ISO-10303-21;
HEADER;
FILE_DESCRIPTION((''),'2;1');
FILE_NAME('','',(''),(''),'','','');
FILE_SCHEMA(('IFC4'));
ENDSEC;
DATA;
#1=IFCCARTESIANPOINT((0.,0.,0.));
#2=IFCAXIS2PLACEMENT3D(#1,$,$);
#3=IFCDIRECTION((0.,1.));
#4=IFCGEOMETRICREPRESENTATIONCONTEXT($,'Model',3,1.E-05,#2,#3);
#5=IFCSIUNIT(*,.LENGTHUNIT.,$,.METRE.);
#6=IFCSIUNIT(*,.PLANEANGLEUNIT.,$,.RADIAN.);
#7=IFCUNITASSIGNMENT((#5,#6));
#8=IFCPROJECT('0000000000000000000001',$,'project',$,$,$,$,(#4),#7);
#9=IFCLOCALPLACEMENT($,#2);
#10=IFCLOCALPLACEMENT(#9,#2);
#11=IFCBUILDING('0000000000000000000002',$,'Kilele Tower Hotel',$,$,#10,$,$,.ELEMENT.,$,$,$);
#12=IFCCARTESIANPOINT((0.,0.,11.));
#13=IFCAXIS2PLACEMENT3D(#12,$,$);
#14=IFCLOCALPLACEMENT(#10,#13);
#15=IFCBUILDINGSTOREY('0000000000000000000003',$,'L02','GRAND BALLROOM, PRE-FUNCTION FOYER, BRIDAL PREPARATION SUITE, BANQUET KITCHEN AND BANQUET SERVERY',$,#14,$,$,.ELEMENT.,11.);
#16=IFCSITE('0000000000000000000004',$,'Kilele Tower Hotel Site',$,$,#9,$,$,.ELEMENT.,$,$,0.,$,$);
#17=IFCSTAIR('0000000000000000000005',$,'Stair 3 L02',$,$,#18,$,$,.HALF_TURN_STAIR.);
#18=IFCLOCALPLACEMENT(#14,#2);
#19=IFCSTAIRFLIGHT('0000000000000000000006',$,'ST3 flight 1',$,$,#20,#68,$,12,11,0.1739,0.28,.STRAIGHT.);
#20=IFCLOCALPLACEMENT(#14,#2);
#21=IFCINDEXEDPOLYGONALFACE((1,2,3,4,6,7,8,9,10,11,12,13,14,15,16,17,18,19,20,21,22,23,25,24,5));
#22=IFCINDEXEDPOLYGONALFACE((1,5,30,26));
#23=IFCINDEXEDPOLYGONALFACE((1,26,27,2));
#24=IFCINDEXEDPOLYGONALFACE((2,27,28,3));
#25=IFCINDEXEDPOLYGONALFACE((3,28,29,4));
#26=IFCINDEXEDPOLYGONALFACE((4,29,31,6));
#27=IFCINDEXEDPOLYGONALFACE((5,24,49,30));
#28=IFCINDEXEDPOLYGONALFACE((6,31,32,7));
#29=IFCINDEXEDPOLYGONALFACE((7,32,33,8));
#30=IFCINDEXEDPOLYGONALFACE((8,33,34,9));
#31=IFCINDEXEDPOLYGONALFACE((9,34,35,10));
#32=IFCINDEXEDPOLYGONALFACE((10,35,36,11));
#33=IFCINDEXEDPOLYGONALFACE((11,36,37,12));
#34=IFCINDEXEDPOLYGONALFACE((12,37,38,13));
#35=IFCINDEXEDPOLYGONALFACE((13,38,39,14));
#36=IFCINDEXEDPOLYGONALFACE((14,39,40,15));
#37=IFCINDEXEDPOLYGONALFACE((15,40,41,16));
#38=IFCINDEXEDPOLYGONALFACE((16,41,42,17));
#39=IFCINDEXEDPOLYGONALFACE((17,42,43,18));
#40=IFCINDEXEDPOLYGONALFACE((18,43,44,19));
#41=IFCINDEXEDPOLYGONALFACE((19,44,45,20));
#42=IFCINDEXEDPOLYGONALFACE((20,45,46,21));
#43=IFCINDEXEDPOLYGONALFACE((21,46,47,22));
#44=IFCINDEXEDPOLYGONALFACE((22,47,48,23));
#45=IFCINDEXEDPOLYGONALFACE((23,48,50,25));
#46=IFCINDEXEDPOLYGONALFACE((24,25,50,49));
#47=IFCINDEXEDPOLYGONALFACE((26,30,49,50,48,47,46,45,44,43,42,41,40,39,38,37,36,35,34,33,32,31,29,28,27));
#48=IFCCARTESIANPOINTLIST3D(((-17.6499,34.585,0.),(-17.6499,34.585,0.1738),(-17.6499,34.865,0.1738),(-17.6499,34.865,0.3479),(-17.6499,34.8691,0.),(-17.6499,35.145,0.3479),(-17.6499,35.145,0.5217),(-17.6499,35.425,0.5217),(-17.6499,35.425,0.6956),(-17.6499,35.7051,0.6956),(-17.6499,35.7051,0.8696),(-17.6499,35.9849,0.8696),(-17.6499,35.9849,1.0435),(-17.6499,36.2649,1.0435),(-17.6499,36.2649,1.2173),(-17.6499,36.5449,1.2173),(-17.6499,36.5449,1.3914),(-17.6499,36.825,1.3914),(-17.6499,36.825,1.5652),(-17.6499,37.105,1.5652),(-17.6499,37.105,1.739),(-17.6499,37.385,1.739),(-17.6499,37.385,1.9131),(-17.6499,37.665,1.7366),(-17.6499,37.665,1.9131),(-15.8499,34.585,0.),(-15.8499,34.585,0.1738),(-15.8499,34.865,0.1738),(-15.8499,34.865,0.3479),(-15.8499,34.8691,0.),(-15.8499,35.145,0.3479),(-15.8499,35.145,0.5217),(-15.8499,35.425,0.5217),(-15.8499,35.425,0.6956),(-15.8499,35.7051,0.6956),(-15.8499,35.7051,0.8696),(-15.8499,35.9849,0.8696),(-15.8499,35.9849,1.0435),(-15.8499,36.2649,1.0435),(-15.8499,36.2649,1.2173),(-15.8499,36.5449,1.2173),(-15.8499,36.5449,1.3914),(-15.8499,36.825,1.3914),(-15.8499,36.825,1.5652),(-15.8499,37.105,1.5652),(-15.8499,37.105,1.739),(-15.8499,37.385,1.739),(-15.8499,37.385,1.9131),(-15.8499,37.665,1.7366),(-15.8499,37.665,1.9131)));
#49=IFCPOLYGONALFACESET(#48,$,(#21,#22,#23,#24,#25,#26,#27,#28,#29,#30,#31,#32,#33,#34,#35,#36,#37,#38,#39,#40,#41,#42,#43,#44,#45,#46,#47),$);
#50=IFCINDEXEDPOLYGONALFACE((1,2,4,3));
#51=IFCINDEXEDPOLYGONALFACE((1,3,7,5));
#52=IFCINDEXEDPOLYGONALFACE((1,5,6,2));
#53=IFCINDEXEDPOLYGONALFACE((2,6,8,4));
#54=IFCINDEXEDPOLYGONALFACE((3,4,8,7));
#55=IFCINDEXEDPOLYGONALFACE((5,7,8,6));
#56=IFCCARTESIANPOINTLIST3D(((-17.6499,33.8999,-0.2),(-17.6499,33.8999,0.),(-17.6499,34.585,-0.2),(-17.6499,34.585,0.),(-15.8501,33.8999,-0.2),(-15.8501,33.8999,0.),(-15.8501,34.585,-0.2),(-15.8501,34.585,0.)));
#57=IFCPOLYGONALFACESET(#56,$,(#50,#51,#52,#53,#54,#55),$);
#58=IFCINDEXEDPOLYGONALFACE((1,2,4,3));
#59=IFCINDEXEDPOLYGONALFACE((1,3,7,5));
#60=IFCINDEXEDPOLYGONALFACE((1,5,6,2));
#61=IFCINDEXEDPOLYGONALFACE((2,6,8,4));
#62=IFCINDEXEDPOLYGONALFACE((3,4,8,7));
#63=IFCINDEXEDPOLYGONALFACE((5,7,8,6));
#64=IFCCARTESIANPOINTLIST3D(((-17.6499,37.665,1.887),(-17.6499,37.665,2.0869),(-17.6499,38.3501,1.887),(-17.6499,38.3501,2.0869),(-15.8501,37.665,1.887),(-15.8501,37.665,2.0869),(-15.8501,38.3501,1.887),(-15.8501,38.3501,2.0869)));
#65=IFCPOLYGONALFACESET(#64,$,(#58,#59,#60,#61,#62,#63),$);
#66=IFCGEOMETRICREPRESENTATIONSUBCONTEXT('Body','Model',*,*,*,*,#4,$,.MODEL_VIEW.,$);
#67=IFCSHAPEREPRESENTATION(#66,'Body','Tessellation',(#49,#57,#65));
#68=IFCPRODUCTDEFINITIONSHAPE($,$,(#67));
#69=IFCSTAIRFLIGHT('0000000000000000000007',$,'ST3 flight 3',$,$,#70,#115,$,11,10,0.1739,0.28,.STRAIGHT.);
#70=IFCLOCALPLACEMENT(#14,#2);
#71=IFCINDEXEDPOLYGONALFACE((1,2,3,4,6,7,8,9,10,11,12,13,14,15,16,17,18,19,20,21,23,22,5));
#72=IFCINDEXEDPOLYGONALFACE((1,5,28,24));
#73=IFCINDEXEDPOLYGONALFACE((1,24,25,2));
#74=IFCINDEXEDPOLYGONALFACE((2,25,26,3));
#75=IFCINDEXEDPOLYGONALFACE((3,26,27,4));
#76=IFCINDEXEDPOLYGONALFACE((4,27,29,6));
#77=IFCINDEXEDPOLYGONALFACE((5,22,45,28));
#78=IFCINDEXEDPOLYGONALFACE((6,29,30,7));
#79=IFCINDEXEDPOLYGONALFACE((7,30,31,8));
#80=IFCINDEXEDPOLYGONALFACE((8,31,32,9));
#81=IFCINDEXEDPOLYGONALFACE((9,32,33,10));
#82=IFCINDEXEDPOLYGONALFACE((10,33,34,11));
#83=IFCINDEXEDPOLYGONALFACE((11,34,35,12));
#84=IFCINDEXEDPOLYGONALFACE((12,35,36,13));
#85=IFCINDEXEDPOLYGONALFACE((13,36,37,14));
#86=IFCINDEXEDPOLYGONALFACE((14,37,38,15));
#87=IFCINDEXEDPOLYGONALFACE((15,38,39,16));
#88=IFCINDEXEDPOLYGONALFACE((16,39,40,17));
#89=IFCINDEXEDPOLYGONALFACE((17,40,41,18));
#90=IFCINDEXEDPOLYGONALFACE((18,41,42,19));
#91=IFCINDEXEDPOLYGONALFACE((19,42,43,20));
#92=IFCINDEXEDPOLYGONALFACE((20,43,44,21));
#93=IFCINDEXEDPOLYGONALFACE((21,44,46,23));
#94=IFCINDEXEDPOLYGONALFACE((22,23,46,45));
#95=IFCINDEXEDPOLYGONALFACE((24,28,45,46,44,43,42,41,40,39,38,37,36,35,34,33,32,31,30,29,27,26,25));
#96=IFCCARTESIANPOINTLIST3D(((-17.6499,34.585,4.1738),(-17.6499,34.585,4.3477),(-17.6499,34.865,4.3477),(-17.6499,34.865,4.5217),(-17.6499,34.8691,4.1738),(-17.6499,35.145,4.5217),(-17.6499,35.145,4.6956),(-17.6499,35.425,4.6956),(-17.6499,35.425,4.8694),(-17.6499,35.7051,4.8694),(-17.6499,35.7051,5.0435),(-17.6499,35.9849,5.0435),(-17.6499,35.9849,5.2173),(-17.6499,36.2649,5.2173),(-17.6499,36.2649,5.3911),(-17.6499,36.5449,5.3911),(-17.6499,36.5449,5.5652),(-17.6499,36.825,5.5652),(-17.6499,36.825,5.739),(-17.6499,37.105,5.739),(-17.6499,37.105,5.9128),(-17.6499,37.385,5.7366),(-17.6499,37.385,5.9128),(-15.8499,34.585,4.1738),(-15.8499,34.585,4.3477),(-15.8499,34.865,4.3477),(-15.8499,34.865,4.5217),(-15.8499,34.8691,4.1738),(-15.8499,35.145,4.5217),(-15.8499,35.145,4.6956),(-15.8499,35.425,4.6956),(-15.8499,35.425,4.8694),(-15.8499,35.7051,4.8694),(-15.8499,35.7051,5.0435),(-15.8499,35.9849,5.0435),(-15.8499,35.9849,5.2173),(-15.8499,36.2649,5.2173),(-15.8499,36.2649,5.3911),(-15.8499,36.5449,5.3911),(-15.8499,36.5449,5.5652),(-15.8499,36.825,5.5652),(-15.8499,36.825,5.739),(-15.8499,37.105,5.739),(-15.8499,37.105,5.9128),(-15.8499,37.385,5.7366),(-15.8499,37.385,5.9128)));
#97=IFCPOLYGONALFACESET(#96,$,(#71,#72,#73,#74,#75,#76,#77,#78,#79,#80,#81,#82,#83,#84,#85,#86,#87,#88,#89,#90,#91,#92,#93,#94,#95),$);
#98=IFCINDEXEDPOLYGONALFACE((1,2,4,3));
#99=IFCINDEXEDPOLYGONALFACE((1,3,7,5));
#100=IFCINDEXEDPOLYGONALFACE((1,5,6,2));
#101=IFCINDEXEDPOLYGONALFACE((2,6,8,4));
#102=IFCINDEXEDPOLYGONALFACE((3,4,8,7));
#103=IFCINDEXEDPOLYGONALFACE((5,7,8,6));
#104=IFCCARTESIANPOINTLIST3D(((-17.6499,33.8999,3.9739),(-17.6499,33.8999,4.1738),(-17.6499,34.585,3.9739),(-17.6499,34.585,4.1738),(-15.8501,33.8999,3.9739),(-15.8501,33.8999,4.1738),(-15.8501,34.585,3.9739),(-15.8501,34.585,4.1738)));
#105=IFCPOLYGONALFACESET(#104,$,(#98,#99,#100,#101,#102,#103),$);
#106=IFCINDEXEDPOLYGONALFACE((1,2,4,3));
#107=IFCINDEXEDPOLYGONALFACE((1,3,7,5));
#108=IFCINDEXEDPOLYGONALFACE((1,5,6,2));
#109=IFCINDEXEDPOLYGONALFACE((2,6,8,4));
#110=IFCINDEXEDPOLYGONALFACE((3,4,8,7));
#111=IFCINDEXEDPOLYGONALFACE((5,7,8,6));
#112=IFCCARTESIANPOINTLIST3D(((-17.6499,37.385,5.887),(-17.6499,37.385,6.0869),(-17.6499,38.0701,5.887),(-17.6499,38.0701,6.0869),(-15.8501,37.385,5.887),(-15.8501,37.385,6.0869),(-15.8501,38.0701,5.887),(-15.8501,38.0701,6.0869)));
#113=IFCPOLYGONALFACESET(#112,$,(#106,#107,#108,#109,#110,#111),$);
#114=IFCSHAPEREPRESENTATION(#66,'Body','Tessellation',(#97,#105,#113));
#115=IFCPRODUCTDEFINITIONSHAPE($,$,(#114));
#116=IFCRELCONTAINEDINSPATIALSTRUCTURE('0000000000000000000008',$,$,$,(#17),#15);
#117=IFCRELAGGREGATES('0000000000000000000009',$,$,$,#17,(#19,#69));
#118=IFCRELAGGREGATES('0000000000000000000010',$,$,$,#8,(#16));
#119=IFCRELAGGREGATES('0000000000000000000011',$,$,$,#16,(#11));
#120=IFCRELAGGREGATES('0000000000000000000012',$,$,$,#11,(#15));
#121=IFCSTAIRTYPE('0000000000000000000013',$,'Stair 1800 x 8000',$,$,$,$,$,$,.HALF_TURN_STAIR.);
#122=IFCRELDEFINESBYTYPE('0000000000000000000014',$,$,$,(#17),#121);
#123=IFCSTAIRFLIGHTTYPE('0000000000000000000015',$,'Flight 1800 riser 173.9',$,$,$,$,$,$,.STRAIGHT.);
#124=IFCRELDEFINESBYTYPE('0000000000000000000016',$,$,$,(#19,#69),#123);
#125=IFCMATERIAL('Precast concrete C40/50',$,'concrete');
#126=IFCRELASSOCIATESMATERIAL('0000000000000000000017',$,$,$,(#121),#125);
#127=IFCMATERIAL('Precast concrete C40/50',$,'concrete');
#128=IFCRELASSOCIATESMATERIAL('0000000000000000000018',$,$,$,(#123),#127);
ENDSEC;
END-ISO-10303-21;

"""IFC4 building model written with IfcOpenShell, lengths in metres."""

from ifc_helpers import new_model, si_unit, direction, frame, origin, place, context, subcontext, project, spatial, polyline, outline, extrude, material, type_object, element, aggregate, save


model = new_model("IFC4")

# Units and contexts
model_context = context("Model", 3, precision=1e-05, world=origin(), true_north=direction((0.0, 1.0)))
body_context = subcontext(model_context, "Body", "Model", "MODEL_VIEW")
ifc_project = project(units=[si_unit("LENGTHUNIT", "METRE"), si_unit("PLANEANGLEUNIT", "RADIAN")], contexts=[model_context])

# Site, building, storey
site_placement = place(None, origin())
site = spatial("IfcSite", under=ifc_project, at=site_placement, Name="Kilele Tower Hotel Site", CompositionType="ELEMENT", RefElevation=0.0)
building_placement = place(site_placement, origin())
building = spatial("IfcBuilding", under=site, at=building_placement, Name="Kilele Tower Hotel", CompositionType="ELEMENT")
storey_placement = place(building_placement, frame((0.0, 0.0, 11.0)))
storey = spatial("IfcBuildingStorey", under=building, at=storey_placement, Name="L02", Description="GRAND BALLROOM, PRE-FUNCTION FOYER, BRIDAL PREPARATION SUITE, BANQUET KITCHEN AND BANQUET SERVERY", CompositionType="ELEMENT", Elevation=11.0)

# Stair, stair flights
ifc_material_1 = material(Name="Precast concrete C40/50", Category="concrete")
stair_type = type_object("IfcStairType", Name="Stair 1800 x 8000", PredefinedType="HALF_TURN_STAIR", material=ifc_material_1)
stair_placement = place(storey_placement, origin())
stair = element("IfcStair", 1, at=stair_placement, inside=storey, type_object=stair_type, Name="Stair 3 L02", PredefinedType="HALF_TURN_STAIR")
ifc_material_2 = material(Name="Precast concrete C40/50", Category="concrete")
stair_flight_type = type_object("IfcStairFlightType", Name="Flight 1800 riser 173.9", PredefinedType="STRAIGHT", material=ifc_material_2)
stair_flight_1_placement = place(storey_placement, frame((-16.75, 34.585, 0.0), z_axis=(0.0, 0.0, 1.0), x_axis=(0.0, 1.0, 0.0)))
stair_flight_1 = element("IfcStairFlight", 2, at=stair_flight_1_placement, type_object=stair_flight_type, Name="ST3 flight 1", NumberOfRisers=12, NumberOfTreads=11, PredefinedType="STRAIGHT", RiserHeight=0.1739, TreadLength=0.28, context=body_context, shape_type="SweptSolid", body=[
    extrude(outline(polyline([(0.0, 0.0), (0.0, 0.1738), (0.28, 0.1738), (0.28, 0.3479), (0.5601, 0.3479), (0.5601, 0.5217), (0.8401, 0.5217), (0.8401, 0.6956), (1.1201, 0.6956), (1.1201, 0.8696), (1.3999, 0.8696), (1.3999, 1.0435), (1.6799, 1.0435), (1.6799, 1.2173), (1.96, 1.2173), (1.96, 1.3914), (2.24, 1.3914), (2.24, 1.5652), (2.52, 1.5652), (2.52, 1.739), (2.8, 1.739), (2.8, 1.9131), (3.0801, 1.9131), (3.0801, 2.0869), (3.0801, 1.7366), (0.2842, 0.0), (0.0, 0.0)])), frame((0.0, 0.8999, 0.0), z_axis=(0.0, -1.0, 0.0), x_axis=(1.0, 0.0, 0.0)), (0.0, 0.0, 1.0), 1.8),
    extrude(outline(polyline([(-0.6851, 0.8999), (-0.6851, -0.8999), (0.0, -0.8999), (0.0, 0.8999), (-0.6851, 0.8999)])), frame((0.0, 0.0, -0.2)), (0.0, 0.0, 1.0), 0.2),
    extrude(outline(polyline([(3.0801, 0.8999), (3.0801, -0.8999), (3.7651, -0.8999), (3.7651, 0.8999), (3.0801, 0.8999)])), frame((0.0, 0.0, 1.887)), (0.0, 0.0, 1.0), 0.2),
])
stair_flight_2_placement = place(storey_placement, frame((-16.75, 34.585, 4.1738), z_axis=(0.0, 0.0, 1.0), x_axis=(0.0, 1.0, 0.0)))
stair_flight_2 = element("IfcStairFlight", 3, at=stair_flight_2_placement, type_object=stair_flight_type, Name="ST3 flight 3", NumberOfRisers=11, NumberOfTreads=10, PredefinedType="STRAIGHT", RiserHeight=0.1739, TreadLength=0.28, context=body_context, shape_type="SweptSolid", body=[
    extrude(outline(polyline([(0.0, 0.0), (0.0, 0.1738), (0.28, 0.1738), (0.28, 0.3479), (0.5601, 0.3479), (0.5601, 0.5217), (0.8401, 0.5217), (0.8401, 0.6956), (1.1201, 0.6956), (1.1201, 0.8696), (1.3999, 0.8696), (1.3999, 1.0435), (1.6799, 1.0435), (1.6799, 1.2173), (1.96, 1.2173), (1.96, 1.3914), (2.24, 1.3914), (2.24, 1.5652), (2.52, 1.5652), (2.52, 1.739), (2.8, 1.739), (2.8, 1.9131), (2.8, 1.5627), (0.2842, 0.0), (0.0, 0.0)])), frame((0.0, 0.8999, 0.0), z_axis=(0.0, -1.0, 0.0), x_axis=(1.0, 0.0, 0.0)), (0.0, 0.0, 1.0), 1.8),
    extrude(outline(polyline([(-0.6851, 0.8999), (-0.6851, -0.8999), (0.0, -0.8999), (0.0, 0.8999), (-0.6851, 0.8999)])), frame((0.0, 0.0, -0.2)), (0.0, 0.0, 1.0), 0.2),
    extrude(outline(polyline([(2.8, 0.8999), (2.8, -0.8999), (3.4851, -0.8999), (3.4851, 0.8999), (2.8, 0.8999)])), frame((0.0, 0.0, 1.7131)), (0.0, 0.0, 1.0), 0.2),
])
aggregate(stair, [stair_flight_1, stair_flight_2])

save(model, "model.ifc")
